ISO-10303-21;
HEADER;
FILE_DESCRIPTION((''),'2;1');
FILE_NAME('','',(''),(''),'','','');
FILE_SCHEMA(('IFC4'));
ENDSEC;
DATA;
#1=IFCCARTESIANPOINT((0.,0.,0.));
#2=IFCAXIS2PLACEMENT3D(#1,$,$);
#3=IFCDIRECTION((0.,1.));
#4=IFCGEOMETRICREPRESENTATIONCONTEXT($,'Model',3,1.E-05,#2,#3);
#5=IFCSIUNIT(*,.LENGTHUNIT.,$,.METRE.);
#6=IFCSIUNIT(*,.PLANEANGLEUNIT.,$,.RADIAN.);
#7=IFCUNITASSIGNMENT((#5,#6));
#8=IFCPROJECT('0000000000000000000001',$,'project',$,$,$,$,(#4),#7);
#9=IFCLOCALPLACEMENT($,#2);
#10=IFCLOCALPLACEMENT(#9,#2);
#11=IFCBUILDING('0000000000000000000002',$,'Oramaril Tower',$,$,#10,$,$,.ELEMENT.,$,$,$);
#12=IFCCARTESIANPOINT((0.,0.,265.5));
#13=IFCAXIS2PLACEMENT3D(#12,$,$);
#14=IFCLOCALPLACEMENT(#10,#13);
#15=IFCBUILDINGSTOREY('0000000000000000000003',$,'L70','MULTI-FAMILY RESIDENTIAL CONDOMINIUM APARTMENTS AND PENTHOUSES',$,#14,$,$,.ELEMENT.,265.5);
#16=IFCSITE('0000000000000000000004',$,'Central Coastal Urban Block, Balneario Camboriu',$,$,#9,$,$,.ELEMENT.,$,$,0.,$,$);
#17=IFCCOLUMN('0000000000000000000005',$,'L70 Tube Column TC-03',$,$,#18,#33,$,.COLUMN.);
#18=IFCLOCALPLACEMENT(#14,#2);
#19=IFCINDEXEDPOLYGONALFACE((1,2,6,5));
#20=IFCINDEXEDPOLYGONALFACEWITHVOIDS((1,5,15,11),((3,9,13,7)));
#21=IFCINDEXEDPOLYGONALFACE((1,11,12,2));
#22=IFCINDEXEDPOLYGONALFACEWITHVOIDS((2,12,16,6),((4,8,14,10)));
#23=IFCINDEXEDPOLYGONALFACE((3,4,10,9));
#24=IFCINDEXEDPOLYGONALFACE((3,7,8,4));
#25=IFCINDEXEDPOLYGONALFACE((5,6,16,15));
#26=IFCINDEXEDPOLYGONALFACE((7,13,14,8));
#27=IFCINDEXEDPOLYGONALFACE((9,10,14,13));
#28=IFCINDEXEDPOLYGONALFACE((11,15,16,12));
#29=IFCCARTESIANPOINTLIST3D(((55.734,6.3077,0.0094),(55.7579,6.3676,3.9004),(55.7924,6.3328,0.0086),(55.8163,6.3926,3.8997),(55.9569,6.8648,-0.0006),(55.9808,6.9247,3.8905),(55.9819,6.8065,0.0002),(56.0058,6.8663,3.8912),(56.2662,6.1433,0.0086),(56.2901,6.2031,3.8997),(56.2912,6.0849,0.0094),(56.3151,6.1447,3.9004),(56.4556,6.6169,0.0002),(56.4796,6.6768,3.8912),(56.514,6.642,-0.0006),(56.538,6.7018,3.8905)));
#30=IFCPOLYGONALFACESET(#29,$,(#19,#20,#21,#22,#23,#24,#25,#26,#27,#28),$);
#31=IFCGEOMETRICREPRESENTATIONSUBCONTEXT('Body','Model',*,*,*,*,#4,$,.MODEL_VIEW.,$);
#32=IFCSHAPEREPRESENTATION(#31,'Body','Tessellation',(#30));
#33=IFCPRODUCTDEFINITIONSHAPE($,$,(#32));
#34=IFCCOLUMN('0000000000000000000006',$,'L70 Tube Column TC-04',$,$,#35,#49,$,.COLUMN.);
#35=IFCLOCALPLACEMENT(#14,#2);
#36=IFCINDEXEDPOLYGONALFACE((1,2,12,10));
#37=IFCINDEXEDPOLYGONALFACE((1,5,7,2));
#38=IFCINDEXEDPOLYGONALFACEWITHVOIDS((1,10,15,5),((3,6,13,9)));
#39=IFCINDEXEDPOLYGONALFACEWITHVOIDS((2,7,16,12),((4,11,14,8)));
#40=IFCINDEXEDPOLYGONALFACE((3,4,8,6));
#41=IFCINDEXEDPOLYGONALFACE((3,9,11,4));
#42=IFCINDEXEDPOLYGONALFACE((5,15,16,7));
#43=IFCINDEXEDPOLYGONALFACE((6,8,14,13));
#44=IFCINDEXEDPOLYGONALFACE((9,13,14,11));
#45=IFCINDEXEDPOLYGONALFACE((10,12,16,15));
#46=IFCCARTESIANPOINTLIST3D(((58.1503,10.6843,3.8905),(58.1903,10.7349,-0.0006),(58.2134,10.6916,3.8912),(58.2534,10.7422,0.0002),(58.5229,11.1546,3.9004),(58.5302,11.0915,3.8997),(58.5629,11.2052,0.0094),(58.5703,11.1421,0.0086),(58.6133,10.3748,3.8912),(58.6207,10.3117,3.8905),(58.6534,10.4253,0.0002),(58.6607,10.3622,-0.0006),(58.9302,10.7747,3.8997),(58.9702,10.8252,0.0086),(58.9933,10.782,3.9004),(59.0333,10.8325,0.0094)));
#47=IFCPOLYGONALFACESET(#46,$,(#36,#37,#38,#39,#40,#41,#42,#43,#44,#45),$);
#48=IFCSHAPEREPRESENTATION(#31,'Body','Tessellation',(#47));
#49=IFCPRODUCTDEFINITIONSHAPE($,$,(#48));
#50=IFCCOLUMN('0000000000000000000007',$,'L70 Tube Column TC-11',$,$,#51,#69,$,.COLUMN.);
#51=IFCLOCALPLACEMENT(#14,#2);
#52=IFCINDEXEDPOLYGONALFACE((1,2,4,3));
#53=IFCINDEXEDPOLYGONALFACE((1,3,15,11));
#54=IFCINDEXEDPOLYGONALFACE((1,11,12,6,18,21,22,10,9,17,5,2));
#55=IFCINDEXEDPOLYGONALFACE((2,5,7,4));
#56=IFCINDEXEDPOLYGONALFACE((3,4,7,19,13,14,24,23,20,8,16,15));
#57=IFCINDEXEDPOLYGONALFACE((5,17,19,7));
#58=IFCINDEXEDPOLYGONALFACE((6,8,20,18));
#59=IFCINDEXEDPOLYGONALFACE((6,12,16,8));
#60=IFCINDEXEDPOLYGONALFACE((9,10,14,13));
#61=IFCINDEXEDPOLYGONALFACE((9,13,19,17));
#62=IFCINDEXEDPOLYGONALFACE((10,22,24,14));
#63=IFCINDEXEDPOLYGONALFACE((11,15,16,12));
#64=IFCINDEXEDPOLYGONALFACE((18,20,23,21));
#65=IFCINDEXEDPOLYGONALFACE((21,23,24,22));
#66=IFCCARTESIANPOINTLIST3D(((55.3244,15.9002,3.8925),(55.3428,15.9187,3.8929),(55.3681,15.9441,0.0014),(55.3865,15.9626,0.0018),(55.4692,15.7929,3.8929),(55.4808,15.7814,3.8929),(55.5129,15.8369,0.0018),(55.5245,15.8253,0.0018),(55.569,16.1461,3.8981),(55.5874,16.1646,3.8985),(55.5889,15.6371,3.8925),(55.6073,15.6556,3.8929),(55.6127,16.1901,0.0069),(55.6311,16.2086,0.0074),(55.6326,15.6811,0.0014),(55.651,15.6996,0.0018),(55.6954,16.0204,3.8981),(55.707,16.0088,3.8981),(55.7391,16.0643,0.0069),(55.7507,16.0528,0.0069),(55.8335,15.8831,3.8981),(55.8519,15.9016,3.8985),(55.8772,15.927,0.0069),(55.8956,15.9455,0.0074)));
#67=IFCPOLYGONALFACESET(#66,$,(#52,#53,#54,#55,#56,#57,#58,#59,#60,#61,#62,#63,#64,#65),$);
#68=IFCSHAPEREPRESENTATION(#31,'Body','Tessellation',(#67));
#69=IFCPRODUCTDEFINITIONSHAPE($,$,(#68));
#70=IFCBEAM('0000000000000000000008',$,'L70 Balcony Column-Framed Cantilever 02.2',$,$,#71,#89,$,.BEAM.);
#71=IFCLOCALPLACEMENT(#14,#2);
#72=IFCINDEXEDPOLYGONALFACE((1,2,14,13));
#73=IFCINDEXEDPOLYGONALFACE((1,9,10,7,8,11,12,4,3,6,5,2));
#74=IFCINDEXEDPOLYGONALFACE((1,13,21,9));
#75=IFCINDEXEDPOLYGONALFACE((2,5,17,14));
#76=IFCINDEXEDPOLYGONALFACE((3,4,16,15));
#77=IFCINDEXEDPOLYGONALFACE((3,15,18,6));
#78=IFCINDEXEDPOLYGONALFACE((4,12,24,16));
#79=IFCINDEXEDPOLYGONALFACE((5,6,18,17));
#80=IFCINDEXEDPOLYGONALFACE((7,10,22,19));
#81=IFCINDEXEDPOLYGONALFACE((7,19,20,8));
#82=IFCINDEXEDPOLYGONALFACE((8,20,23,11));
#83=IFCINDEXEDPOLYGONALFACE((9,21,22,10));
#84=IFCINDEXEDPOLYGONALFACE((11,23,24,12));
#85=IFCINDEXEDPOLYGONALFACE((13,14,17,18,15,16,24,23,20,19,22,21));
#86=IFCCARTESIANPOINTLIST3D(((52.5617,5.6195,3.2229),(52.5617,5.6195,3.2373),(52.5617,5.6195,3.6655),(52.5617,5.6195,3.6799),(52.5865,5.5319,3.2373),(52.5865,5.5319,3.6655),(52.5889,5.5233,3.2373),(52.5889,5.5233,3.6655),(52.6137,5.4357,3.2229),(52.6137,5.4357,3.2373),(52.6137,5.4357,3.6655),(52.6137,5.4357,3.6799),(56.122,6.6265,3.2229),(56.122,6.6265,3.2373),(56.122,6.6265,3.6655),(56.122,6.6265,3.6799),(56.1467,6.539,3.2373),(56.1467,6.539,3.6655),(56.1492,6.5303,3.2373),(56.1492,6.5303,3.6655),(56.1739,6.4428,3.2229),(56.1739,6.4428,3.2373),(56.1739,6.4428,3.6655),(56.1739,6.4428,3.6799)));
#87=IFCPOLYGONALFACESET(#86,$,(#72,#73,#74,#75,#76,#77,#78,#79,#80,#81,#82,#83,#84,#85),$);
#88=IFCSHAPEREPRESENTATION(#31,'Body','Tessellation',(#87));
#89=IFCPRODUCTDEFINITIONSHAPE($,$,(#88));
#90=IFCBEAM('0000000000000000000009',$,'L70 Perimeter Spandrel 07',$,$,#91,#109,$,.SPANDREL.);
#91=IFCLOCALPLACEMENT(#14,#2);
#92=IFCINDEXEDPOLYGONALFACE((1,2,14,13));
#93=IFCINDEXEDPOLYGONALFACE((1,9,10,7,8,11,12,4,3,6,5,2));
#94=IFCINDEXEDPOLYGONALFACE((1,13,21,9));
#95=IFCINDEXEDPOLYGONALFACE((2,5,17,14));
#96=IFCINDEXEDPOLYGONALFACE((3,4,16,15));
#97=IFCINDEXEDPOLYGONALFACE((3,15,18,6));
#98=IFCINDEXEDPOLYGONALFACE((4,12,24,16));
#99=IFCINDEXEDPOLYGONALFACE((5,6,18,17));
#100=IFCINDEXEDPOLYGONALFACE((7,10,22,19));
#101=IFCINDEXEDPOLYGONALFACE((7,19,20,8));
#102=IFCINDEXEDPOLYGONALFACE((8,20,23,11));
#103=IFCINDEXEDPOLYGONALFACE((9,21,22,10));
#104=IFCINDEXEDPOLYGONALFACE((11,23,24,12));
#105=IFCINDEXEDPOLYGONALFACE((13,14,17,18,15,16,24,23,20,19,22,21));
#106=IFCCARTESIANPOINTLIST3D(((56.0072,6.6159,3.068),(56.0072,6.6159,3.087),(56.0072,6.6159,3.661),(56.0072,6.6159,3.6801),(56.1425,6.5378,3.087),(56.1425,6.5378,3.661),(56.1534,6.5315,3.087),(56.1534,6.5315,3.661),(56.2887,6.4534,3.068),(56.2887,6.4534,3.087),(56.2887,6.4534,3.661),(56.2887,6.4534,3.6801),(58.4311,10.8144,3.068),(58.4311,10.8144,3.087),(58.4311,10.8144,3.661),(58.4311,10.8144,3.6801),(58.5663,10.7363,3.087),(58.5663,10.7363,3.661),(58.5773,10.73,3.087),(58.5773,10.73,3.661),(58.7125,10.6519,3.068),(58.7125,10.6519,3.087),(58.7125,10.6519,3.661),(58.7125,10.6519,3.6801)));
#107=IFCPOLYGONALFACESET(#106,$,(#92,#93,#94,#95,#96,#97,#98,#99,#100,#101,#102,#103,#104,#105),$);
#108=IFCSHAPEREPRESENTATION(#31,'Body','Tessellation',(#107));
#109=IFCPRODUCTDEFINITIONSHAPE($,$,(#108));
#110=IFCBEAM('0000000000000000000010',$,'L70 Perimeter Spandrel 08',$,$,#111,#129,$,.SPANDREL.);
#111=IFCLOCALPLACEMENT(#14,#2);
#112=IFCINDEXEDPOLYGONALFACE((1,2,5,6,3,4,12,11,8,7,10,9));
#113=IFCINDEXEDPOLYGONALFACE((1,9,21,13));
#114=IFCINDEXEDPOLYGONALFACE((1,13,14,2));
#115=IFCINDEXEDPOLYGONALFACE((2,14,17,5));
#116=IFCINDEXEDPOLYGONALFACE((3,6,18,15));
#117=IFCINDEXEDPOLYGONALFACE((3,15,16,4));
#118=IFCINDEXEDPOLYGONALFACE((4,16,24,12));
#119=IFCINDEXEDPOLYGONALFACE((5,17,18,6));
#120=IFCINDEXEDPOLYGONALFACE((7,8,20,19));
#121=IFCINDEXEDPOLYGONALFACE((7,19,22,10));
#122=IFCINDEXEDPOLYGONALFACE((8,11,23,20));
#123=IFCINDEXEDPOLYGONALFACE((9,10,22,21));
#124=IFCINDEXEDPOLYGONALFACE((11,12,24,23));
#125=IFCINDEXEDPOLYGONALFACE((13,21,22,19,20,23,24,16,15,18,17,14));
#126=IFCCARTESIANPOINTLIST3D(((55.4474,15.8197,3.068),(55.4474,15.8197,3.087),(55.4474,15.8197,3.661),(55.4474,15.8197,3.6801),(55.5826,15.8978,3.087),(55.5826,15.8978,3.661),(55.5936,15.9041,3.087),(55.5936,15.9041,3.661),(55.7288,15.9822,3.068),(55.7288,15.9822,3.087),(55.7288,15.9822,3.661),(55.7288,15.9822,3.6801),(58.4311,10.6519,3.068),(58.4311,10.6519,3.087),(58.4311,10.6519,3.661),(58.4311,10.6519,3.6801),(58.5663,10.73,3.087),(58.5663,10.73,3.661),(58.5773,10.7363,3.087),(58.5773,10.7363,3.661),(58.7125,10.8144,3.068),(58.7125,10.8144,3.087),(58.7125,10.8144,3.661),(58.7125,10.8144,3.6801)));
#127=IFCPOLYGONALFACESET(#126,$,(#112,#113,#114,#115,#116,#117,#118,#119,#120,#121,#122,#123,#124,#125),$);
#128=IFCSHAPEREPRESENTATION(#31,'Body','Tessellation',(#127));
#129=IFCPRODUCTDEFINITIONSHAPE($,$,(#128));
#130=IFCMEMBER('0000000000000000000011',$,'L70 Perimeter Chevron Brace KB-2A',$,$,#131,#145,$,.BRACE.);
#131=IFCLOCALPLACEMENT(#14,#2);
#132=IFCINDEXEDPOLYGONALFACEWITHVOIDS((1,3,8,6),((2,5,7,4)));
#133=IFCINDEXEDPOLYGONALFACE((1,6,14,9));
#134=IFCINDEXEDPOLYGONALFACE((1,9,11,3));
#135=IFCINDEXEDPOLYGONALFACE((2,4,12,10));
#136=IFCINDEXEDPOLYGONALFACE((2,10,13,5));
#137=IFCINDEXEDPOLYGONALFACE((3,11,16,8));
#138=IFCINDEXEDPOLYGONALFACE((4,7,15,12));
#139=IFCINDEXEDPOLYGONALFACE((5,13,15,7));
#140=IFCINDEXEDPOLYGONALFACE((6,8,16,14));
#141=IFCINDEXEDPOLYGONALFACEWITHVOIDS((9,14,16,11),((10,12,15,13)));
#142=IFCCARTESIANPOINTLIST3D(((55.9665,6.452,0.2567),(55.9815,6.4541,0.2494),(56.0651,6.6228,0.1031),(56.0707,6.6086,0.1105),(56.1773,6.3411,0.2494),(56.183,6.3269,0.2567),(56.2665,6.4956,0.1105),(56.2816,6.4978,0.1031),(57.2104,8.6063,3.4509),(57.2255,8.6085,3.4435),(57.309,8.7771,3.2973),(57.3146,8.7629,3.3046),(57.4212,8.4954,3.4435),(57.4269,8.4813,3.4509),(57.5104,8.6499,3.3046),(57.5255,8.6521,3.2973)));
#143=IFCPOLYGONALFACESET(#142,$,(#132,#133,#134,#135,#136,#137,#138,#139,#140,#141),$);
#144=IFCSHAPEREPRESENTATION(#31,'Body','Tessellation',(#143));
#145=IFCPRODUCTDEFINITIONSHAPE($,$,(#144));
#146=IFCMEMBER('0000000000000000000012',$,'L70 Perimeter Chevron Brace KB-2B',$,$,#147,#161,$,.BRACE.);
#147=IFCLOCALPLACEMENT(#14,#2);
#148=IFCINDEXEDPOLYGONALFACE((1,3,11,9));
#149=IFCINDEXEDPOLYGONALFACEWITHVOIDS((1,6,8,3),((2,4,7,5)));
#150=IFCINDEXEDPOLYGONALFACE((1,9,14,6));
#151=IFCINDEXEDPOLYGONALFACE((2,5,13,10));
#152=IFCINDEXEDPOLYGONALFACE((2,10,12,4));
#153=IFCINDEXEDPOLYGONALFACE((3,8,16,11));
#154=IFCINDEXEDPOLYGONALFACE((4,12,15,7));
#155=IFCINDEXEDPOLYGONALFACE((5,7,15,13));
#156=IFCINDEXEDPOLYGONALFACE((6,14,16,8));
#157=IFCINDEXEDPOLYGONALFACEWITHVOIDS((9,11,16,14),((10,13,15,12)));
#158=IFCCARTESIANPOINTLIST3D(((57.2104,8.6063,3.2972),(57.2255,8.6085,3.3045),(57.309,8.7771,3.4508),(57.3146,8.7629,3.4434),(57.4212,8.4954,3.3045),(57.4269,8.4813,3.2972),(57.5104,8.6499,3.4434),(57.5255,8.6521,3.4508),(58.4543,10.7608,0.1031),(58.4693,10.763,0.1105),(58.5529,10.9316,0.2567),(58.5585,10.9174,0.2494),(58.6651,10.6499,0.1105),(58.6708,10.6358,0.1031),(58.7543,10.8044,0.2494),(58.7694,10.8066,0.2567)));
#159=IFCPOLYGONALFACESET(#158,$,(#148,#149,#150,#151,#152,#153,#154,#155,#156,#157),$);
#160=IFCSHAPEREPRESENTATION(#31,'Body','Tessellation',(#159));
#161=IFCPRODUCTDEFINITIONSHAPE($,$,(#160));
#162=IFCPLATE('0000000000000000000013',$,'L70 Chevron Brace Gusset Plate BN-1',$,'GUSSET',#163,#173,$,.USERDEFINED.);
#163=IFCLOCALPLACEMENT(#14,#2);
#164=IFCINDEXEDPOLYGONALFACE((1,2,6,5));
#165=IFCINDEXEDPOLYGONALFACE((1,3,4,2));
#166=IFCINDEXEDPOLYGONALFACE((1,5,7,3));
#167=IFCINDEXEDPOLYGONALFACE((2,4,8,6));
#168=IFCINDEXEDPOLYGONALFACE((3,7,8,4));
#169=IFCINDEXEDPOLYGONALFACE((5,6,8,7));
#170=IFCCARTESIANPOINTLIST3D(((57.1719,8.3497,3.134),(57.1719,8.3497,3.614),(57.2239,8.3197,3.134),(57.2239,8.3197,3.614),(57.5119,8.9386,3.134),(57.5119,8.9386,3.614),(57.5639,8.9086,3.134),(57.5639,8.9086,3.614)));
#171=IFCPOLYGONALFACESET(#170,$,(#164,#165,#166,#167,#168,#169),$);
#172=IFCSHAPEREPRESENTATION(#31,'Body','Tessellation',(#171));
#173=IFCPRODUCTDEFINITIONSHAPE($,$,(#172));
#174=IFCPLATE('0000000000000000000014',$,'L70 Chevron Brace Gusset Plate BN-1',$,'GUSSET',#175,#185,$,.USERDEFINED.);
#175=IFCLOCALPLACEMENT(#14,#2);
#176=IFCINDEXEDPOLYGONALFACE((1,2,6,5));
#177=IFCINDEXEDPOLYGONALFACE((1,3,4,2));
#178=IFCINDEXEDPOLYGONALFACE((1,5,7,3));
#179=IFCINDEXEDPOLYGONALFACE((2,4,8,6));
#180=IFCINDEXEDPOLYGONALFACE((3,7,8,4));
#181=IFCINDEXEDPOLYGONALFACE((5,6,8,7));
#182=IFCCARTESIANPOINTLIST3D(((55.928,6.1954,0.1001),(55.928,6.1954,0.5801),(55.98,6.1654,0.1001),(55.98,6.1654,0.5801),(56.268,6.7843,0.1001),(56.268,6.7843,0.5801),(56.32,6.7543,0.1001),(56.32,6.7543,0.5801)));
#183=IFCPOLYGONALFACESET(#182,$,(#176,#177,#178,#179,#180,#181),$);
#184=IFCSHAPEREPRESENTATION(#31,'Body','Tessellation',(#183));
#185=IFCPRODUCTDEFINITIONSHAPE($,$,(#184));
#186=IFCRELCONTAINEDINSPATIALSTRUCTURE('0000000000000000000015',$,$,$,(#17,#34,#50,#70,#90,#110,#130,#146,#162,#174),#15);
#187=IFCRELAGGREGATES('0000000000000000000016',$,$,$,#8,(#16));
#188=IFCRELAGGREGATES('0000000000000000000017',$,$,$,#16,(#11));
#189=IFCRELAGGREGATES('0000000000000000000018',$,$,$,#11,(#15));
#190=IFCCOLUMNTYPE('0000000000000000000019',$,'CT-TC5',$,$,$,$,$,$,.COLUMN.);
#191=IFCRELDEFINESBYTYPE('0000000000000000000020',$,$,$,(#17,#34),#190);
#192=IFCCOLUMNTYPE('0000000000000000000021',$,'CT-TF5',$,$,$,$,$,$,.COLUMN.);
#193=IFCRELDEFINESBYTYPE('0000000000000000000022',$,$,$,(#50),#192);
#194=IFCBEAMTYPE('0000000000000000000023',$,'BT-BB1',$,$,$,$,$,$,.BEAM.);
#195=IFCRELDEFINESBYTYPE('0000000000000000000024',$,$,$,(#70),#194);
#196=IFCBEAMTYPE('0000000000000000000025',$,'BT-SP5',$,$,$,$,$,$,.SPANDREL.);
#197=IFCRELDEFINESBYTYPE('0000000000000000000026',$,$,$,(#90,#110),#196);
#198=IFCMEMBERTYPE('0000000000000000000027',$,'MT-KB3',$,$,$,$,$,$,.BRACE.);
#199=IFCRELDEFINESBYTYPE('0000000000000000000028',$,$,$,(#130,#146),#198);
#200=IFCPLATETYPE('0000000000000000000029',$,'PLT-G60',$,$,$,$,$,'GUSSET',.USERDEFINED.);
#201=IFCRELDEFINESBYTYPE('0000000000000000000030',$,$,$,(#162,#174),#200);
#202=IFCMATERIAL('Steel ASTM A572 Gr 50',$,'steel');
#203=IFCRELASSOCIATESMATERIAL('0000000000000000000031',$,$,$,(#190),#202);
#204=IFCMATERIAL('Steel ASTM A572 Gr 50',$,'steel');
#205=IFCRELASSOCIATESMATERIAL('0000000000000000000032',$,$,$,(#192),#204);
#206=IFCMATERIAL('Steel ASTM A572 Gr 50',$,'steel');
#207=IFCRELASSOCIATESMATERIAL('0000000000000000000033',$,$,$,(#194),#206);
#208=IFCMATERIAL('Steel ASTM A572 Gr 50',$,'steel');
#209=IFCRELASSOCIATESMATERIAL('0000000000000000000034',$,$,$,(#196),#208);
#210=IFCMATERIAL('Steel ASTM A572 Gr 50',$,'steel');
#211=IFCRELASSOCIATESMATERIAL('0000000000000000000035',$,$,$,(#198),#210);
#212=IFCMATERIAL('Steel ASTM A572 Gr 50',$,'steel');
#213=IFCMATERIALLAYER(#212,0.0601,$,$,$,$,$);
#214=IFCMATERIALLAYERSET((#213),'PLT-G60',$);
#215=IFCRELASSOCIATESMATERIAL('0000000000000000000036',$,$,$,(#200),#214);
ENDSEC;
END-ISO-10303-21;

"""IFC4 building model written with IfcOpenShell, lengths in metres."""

from ifc_helpers import new_model, si_unit, direction, frame, origin, origin_2d, place, context, subcontext, project, spatial, rectangle, hollow_rectangle, i_section, extrude, material, layer, layer_set, material_profile, profile_set, type_object, element, save


model = new_model("IFC4")

# Units and contexts
model_context = context("Model", 3, precision=1e-05, world=origin(), true_north=direction((0.0, 1.0)))
body_context = subcontext(model_context, "Body", "Model", "MODEL_VIEW")
ifc_project = project(units=[si_unit("LENGTHUNIT", "METRE"), si_unit("PLANEANGLEUNIT", "RADIAN")], contexts=[model_context])

# Site, building, storey
site_placement = place(None, origin())
site = spatial("IfcSite", under=ifc_project, at=site_placement, Name="Central Coastal Urban Block, Balneario Camboriu", CompositionType="ELEMENT", RefElevation=0.0)
building_placement = place(site_placement, origin())
building = spatial("IfcBuilding", under=site, at=building_placement, Name="Oramaril Tower", CompositionType="ELEMENT")
storey_placement = place(building_placement, frame((0.0, 0.0, 265.5)))
storey = spatial("IfcBuildingStorey", under=building, at=storey_placement, Name="L70", Description="MULTI-FAMILY RESIDENTIAL CONDOMINIUM APARTMENTS AND PENTHOUSES", CompositionType="ELEMENT", Elevation=265.5)

# Columns
ifc_material_1 = material(Name="Steel ASTM A572 Gr 50", Category="steel")
ifc_material_profile_1 = material_profile(ifc_material_1, hollow_rectangle(XDim=0.6001, YDim=0.6001, WallThickness=0.0449, at=origin_2d()), Name="BOX600X600X45")
ifc_profile_set_1 = profile_set([ifc_material_profile_1], Name="Steel ASTM A572 Gr 50")
column_type_1 = type_object("IfcColumnType", Name="CT-TC5", PredefinedType="COLUMN", material=ifc_profile_set_1)
for number, where, z_axis, x_axis, name in (
    (1, (56.124, 6.4749, 0.0044), (0.006148, 0.01537, 0.999863), (-0.928477, 0.371391, 0.0), "L70 Tube Column TC-03"),
    (2, (58.6118, 10.7837, 0.0044), (-0.010288, -0.012986, 0.999863), (0.783815, -0.620994, 0.0), "L70 Tube Column TC-04"),
):
    element("IfcColumn", number, at=place(storey_placement, frame(where, z_axis=z_axis, x_axis=x_axis)), inside=storey, type_object=column_type_1, Name=name, PredefinedType="COLUMN", context=body_context, shape_type="SweptSolid", body=[
        extrude(hollow_rectangle(XDim=0.6001, YDim=0.6001, WallThickness=0.0449, at=origin_2d()), origin(), (0.0, 0.0, 1.0), 3.8916),
    ])
ifc_material_2 = material(Name="Steel ASTM A572 Gr 50", Category="steel")
ifc_material_profile_2 = material_profile(ifc_material_2, i_section(OverallWidth=0.373, OverallDepth=0.373, WebThickness=0.0164, FlangeThickness=0.0261, at=origin_2d()), Name="W14X132")
ifc_profile_set_2 = profile_set([ifc_material_profile_2], Name="Steel ASTM A572 Gr 50")
column_type_2 = type_object("IfcColumnType", Name="CT-TF5", PredefinedType="COLUMN", material=ifc_profile_set_2)
column_placement = place(storey_placement, frame((55.6318, 15.9448, 0.0044), z_axis=(-0.01123, -0.011292, 0.999873), x_axis=(0.709074, -0.705134, 0.0)))
element("IfcColumn", 3, at=column_placement, inside=storey, type_object=column_type_2, Name="L70 Tube Column TC-11", PredefinedType="COLUMN", context=body_context, shape_type="SweptSolid", body=[
    extrude(i_section(OverallWidth=0.373, OverallDepth=0.373, WebThickness=0.0164, FlangeThickness=0.0261, at=origin_2d()), origin(), (0.0, 0.0, 1.0), 3.8916),
])

# Beams
ifc_material_3 = material(Name="Steel ASTM A572 Gr 50", Category="steel")
ifc_material_profile_3 = material_profile(ifc_material_3, i_section(OverallWidth=0.1909, OverallDepth=0.457, WebThickness=0.009, FlangeThickness=0.0144, at=origin_2d()), Name="W18X50")
ifc_profile_set_3 = profile_set([ifc_material_profile_3], Name="Steel ASTM A572 Gr 50")
beam_type_1 = type_object("IfcBeamType", Name="BT-BB1", PredefinedType="BEAM", material=ifc_profile_set_3)
beam_1_placement = place(storey_placement, frame((56.1479, 6.5347, 3.4514), z_axis=(-0.962245, -0.272184, 0.0), x_axis=(0.272184, -0.962245, 0.0)))
element("IfcBeam", 4, at=beam_1_placement, inside=storey, type_object=beam_type_1, Name="L70 Balcony Column-Framed Cantilever 02.2", PredefinedType="BEAM", context=body_context, shape_type="SweptSolid", body=[
    extrude(i_section(OverallWidth=0.1909, OverallDepth=0.457, WebThickness=0.009, FlangeThickness=0.0144, at=origin_2d()), origin(), (0.0, 0.0, 1.0), 3.7),
])
ifc_material_4 = material(Name="Steel ASTM A572 Gr 50", Category="steel")
ifc_material_profile_4 = material_profile(ifc_material_4, i_section(OverallWidth=0.325, OverallDepth=0.6121, WebThickness=0.0127, FlangeThickness=0.019, at=origin_2d()), Name="W24X104")
ifc_profile_set_4 = profile_set([ifc_material_profile_4], Name="Steel ASTM A572 Gr 50")
beam_type_2 = type_object("IfcBeamType", Name="BT-SP5", PredefinedType="SPANDREL", material=ifc_profile_set_4)
beam_2_placement = place(storey_placement, frame((56.1479, 6.5347, 3.374), z_axis=(0.499974, 0.866041, 0.0), x_axis=(-0.866041, 0.499974, 0.0)))
element("IfcBeam", 5, at=beam_2_placement, inside=storey, type_object=beam_type_2, Name="L70 Perimeter Spandrel 07", PredefinedType="SPANDREL", context=body_context, shape_type="SweptSolid", body=[
    extrude(i_section(OverallWidth=0.325, OverallDepth=0.6121, WebThickness=0.0127, FlangeThickness=0.019, at=origin_2d()), origin(), (0.0, 0.0, 1.0), 4.8479),
])
beam_3_placement = place(storey_placement, frame((58.5718, 10.7332, 3.374), z_axis=(-0.500007, 0.866021, 0.0), x_axis=(-0.866021, -0.500007, 0.0)))
element("IfcBeam", 6, at=beam_3_placement, inside=storey, type_object=beam_type_2, Name="L70 Perimeter Spandrel 08", PredefinedType="SPANDREL", context=body_context, shape_type="SweptSolid", body=[
    extrude(i_section(OverallWidth=0.325, OverallDepth=0.6121, WebThickness=0.0127, FlangeThickness=0.019, at=origin_2d()), origin(), (0.0, 0.0, 1.0), 5.9673),
])

# Members
ifc_material_5 = material(Name="Steel ASTM A572 Gr 50", Category="steel")
ifc_material_profile_5 = material_profile(ifc_material_5, hollow_rectangle(XDim=0.25, YDim=0.25, WallThickness=0.012, at=origin_2d()), Name="HSS250X250X12")
ifc_profile_set_5 = profile_set([ifc_material_profile_5], Name="Steel ASTM A572 Gr 50")
member_type = type_object("IfcMemberType", Name="MT-KB3", PredefinedType="BRACE", material=ifc_profile_set_5)
for number, where, z_axis, x_axis, name in (
    (7, (56.124, 6.4749, 0.1799), (0.307247, 0.53212, 0.788953), (-0.866006, 0.500034, 0.0), "L70 Perimeter Chevron Brace KB-2A"),
    (8, (58.6118, 10.7837, 0.1799), (-0.307238, -0.532163, 0.788928), (0.86603, -0.499991, 0.0), "L70 Perimeter Chevron Brace KB-2B"),
):
    element("IfcMember", number, at=place(storey_placement, frame(where, z_axis=z_axis, x_axis=x_axis)), inside=storey, type_object=member_type, Name=name, PredefinedType="BRACE", context=body_context, shape_type="SweptSolid", body=[
        extrude(hollow_rectangle(XDim=0.25, YDim=0.25, WallThickness=0.012, at=origin_2d()), origin(), (0.0, 0.0, 1.0), 4.0486),
    ])

# Plates
ifc_material_6 = material(Name="Steel ASTM A572 Gr 50", Category="steel")
ifc_layer_1 = layer(ifc_material_6, 0.0601)
ifc_layer_set_1 = layer_set([ifc_layer_1], Name="PLT-G60")
plate_type = type_object("IfcPlateType", Name="PLT-G60", ElementType="GUSSET", PredefinedType="USERDEFINED", material=ifc_layer_set_1)
for number, where, z_axis, x_axis, name in (
    (9, (57.3679, 8.6292, 3.134), (0.0, 0.0, 1.0), (0.500002, 0.866025, 0.0), "L70 Chevron Brace Gusset Plate BN-1"),
    (10, (56.124, 6.4749, 0.1001), (0.0, 0.0, 1.0), (0.500002, 0.866025, 0.0), "L70 Chevron Brace Gusset Plate BN-1"),
):
    element("IfcPlate", number, at=place(storey_placement, frame(where, z_axis=z_axis, x_axis=x_axis)), inside=storey, type_object=plate_type, Name=name, ObjectType="GUSSET", PredefinedType="USERDEFINED", context=body_context, shape_type="SweptSolid", body=[
        extrude(rectangle(XDim=0.6799, YDim=0.0601, at=origin_2d()), origin(), (0.0, 0.0, 1.0), 0.48),
    ])

save(model, "model.ifc")
